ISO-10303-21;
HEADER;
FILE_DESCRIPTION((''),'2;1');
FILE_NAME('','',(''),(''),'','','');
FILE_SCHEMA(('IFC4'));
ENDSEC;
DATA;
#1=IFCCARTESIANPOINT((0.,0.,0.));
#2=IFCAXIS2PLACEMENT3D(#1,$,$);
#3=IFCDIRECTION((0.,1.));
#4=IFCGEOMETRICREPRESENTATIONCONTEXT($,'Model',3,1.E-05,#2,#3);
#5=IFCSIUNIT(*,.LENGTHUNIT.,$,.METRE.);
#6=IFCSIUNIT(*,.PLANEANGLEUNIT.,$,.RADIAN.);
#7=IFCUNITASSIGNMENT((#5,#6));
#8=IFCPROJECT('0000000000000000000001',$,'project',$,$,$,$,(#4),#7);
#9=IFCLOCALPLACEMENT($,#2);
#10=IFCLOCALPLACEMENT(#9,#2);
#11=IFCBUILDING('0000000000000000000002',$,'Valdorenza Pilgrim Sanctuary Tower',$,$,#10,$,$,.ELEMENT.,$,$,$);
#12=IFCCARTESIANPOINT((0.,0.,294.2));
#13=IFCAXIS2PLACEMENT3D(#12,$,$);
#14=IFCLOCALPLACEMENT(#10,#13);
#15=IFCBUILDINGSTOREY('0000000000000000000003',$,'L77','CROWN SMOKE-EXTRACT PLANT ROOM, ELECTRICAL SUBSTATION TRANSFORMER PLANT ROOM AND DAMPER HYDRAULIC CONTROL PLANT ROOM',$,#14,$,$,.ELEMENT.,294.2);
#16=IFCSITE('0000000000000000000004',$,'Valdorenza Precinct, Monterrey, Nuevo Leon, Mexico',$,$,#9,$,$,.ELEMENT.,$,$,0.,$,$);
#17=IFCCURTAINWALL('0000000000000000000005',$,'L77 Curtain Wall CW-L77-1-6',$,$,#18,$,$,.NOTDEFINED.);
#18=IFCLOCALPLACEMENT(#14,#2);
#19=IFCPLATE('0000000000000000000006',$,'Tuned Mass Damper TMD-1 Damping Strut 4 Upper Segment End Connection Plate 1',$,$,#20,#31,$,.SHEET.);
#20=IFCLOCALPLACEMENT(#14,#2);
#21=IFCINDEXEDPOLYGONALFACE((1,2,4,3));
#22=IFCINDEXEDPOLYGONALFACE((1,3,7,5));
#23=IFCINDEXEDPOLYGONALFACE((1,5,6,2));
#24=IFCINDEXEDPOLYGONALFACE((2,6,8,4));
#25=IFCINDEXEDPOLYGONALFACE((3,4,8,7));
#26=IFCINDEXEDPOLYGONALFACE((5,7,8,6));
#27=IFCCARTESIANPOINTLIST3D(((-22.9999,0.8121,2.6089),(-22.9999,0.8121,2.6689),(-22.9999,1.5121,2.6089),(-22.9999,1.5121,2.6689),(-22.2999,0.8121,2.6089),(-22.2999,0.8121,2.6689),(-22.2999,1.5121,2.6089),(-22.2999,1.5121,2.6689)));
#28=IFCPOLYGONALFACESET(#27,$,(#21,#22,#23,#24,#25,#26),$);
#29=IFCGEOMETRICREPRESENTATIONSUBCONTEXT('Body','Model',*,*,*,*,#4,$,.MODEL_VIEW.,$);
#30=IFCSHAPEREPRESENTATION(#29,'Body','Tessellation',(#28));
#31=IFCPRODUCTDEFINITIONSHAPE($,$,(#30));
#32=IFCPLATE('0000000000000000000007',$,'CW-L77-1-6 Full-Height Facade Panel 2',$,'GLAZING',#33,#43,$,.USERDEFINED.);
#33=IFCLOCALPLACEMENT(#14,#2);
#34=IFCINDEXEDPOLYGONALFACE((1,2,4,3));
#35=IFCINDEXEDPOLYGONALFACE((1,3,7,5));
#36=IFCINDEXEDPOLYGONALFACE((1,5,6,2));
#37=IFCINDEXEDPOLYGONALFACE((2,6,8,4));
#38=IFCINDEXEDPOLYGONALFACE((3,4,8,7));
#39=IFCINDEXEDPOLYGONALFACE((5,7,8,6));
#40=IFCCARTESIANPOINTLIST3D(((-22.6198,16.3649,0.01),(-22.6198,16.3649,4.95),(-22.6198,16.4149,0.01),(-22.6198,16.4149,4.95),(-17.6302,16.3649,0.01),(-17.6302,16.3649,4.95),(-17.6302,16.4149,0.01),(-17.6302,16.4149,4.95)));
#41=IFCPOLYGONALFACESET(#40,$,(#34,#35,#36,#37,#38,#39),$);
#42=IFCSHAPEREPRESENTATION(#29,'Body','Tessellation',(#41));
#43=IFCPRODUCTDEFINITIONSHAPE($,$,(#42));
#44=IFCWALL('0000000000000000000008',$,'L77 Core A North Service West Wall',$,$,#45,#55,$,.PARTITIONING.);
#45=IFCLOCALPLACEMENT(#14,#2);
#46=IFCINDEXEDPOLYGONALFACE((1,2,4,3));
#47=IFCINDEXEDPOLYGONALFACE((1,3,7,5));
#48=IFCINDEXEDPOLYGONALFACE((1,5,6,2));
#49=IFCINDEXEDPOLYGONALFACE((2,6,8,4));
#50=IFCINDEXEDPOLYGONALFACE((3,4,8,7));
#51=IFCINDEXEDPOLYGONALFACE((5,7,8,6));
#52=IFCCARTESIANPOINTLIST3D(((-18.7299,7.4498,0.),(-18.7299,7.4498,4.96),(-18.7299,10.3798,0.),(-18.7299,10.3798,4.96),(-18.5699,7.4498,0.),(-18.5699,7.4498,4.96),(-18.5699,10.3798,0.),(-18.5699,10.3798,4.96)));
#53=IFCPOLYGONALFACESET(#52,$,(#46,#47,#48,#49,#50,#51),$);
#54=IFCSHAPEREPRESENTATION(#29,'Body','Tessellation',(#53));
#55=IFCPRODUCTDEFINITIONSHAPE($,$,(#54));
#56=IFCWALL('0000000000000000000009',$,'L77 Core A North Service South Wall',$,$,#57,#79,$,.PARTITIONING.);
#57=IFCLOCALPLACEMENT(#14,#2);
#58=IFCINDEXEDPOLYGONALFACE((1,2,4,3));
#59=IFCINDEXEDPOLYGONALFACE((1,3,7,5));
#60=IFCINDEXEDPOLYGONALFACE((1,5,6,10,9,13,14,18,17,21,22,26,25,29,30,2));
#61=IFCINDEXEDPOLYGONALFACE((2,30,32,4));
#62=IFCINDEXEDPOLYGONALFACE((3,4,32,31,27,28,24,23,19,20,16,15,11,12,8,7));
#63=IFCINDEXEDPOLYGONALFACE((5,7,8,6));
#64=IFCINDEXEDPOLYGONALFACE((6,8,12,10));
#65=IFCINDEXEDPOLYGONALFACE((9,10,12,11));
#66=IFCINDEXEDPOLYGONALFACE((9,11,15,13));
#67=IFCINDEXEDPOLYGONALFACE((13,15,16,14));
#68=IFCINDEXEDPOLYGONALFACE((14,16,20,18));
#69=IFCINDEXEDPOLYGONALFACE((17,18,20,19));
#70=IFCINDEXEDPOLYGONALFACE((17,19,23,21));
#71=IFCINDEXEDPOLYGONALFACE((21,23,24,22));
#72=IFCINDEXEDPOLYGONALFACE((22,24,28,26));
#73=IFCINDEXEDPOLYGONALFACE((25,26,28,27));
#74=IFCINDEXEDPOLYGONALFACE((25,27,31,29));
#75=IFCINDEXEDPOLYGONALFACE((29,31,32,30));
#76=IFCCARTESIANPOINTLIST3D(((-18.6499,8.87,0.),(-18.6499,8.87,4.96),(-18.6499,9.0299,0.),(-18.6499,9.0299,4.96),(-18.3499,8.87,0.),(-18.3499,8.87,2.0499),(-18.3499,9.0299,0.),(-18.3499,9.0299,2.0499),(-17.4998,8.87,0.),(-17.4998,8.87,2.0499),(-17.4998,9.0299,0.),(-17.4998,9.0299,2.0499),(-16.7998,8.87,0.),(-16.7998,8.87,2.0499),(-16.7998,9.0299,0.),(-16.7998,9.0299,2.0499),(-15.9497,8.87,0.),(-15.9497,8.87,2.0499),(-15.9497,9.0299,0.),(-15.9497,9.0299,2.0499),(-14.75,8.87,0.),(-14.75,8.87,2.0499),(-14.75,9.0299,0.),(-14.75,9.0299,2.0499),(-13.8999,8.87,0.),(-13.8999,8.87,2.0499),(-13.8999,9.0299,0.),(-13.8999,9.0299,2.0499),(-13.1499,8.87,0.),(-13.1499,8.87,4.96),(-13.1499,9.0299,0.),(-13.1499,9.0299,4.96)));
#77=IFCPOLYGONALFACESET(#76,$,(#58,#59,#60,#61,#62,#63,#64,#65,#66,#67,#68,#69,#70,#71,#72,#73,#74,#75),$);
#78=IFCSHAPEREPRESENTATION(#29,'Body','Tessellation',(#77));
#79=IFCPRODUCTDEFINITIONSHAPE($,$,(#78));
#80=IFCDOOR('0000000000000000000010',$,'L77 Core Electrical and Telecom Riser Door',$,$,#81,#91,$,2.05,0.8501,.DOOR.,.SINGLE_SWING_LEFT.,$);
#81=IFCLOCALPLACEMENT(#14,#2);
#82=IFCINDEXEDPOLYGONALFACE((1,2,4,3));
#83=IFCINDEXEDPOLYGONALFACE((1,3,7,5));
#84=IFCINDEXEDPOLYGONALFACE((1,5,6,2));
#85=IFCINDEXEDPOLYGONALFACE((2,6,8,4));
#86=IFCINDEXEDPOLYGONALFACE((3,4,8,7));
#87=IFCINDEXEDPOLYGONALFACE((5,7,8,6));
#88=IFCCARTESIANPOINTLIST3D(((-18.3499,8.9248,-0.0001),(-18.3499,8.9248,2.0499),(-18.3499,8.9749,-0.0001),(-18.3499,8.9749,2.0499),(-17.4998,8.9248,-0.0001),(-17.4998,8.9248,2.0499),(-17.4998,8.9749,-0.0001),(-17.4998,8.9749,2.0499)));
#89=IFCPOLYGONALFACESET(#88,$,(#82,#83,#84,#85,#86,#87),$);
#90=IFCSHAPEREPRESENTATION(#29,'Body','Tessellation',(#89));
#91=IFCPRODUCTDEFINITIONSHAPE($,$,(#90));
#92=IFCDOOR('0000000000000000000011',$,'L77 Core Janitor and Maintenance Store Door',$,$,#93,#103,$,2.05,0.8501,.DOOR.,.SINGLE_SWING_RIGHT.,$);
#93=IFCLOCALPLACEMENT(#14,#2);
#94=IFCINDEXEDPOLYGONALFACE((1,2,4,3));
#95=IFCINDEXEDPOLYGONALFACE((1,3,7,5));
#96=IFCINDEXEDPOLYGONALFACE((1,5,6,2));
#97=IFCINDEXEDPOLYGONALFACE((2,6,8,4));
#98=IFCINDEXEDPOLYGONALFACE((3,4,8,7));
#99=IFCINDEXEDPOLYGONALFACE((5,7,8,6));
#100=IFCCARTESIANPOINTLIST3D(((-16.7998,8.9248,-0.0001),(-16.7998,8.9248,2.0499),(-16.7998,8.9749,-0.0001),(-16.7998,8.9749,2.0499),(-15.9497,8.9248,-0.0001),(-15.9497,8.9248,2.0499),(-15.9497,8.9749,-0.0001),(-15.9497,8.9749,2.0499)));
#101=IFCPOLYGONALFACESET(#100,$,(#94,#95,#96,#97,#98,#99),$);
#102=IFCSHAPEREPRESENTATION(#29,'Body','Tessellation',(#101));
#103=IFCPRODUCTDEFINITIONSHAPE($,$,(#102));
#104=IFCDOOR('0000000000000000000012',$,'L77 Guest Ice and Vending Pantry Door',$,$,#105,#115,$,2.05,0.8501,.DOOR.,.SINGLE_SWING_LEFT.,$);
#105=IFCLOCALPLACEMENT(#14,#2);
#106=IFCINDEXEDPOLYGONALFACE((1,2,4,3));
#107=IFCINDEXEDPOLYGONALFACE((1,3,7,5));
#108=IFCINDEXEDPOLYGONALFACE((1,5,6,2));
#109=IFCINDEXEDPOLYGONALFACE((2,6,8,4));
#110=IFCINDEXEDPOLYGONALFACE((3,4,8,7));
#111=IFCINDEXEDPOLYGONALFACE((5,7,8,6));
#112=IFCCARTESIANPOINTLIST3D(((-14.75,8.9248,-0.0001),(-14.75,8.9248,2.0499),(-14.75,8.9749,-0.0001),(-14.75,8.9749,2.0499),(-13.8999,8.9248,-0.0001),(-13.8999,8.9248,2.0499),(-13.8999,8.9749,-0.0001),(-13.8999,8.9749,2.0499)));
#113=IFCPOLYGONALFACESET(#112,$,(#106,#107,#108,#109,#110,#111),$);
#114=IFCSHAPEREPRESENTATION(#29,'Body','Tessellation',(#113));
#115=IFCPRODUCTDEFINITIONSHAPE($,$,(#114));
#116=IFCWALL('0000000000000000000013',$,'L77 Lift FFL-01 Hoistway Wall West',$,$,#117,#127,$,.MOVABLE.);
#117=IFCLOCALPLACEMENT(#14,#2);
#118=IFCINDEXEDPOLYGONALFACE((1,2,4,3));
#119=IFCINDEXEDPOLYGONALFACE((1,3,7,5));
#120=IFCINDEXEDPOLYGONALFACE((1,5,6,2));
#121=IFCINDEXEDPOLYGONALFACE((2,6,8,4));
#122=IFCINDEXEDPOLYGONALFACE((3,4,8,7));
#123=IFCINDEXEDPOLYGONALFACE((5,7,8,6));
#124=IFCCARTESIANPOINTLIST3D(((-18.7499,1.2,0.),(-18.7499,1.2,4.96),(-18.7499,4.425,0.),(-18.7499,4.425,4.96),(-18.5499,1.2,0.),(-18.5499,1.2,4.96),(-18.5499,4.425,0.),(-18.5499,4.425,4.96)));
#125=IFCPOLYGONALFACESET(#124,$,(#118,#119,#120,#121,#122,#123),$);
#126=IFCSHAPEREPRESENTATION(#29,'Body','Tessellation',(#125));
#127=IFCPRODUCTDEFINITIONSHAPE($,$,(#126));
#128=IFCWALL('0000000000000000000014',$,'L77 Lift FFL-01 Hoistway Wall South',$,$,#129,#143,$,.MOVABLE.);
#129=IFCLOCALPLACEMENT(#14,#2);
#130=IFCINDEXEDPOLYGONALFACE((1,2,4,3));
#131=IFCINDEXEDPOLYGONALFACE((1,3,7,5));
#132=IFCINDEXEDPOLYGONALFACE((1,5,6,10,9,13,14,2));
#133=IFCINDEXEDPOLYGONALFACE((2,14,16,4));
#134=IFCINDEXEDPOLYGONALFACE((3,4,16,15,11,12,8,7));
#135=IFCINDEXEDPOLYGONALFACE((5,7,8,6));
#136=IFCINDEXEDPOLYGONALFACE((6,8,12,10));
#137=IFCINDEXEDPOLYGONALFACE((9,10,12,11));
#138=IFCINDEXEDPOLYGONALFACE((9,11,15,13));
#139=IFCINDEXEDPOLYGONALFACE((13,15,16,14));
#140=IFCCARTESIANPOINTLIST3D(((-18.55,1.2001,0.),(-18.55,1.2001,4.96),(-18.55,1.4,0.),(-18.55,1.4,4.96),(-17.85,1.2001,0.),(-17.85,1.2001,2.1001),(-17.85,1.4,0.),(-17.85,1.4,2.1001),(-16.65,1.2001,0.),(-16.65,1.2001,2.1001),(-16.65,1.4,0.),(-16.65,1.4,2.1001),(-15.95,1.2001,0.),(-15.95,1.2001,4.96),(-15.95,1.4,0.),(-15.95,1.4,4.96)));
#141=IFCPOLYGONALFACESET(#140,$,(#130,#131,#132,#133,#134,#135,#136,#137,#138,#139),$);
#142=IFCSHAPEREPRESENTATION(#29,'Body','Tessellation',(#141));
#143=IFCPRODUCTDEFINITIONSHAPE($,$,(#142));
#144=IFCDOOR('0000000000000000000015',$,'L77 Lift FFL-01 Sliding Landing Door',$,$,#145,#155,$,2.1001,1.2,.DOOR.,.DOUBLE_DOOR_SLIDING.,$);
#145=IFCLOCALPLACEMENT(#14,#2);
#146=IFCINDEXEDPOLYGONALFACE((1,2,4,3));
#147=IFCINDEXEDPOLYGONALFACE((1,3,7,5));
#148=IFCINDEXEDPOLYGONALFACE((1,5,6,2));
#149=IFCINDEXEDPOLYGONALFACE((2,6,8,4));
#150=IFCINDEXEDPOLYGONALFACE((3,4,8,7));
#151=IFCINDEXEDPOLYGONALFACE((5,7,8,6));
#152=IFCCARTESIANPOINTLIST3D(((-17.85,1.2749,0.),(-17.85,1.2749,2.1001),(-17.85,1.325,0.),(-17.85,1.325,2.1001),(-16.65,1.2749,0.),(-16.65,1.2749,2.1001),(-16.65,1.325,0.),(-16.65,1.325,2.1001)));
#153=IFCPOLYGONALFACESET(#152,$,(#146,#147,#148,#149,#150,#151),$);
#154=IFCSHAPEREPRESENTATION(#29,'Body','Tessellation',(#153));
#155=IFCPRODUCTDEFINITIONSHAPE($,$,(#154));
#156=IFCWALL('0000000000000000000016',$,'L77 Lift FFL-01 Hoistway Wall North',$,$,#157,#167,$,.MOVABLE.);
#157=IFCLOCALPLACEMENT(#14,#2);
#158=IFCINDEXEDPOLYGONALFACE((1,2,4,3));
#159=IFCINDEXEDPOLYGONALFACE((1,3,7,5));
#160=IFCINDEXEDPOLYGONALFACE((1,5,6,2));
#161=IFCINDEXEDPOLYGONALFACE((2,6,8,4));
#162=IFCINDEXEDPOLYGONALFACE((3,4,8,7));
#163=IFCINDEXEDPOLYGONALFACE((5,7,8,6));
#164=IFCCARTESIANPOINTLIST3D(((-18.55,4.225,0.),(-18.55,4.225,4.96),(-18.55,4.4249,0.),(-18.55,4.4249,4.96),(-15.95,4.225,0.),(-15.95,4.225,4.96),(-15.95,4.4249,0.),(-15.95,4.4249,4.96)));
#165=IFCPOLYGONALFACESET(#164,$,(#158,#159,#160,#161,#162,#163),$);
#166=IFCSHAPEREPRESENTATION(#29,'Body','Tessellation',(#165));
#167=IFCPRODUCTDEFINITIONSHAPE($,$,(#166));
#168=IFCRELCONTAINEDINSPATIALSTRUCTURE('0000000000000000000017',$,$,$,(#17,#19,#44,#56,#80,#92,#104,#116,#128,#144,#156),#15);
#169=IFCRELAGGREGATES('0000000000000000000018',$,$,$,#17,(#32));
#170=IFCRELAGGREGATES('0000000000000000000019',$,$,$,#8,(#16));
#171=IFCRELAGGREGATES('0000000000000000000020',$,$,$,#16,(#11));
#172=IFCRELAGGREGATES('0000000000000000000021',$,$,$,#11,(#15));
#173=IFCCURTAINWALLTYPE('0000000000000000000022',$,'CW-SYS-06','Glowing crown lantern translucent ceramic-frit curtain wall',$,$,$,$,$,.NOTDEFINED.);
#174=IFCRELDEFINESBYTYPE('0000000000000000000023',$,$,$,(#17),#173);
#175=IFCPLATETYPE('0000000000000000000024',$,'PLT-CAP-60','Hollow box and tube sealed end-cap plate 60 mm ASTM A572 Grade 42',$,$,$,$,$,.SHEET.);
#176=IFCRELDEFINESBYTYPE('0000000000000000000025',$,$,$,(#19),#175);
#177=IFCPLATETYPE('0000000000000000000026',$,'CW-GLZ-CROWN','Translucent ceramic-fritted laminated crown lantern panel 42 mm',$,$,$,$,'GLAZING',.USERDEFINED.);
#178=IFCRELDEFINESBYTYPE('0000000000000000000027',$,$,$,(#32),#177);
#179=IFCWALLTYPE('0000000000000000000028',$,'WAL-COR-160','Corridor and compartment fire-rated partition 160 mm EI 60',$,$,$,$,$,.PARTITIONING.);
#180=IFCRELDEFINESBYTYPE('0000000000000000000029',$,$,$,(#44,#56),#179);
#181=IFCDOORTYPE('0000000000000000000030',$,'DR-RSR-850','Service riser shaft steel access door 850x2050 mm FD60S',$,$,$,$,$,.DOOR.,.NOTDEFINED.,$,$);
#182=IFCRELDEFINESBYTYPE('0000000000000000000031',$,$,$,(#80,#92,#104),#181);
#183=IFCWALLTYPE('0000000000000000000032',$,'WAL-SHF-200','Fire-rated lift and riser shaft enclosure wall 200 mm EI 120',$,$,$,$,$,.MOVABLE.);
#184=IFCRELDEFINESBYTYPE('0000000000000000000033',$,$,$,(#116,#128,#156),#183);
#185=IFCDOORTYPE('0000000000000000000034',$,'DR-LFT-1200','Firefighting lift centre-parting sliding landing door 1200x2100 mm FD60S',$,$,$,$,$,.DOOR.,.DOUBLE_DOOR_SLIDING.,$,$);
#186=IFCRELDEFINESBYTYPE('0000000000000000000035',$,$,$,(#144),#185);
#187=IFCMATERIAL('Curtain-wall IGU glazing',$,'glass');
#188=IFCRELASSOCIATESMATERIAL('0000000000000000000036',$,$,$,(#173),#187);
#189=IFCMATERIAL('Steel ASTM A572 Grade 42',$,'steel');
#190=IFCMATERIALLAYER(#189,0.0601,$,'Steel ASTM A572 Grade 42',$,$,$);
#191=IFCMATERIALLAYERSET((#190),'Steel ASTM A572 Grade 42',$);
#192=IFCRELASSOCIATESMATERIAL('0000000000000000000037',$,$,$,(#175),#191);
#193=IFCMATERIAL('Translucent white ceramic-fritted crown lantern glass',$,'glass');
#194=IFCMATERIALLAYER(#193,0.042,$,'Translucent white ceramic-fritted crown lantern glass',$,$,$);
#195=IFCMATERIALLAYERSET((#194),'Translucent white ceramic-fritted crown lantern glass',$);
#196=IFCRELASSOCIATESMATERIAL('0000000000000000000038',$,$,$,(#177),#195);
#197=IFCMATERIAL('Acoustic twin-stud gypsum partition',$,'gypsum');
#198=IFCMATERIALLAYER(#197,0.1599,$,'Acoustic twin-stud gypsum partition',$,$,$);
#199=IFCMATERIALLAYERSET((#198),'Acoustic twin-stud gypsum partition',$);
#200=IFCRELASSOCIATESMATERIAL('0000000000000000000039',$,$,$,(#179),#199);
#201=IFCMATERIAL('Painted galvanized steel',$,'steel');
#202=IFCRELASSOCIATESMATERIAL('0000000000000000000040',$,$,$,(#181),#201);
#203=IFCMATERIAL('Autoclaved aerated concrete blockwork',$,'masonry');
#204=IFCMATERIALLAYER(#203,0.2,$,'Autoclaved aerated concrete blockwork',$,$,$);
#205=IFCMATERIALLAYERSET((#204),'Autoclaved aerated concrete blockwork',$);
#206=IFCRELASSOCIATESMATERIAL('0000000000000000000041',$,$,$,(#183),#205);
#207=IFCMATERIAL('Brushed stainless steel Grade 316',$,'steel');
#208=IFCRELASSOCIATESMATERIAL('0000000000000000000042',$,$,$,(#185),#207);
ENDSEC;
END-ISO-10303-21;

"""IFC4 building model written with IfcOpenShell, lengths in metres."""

from ifc_helpers import new_model, si_unit, direction, frame, frame_2d, origin, origin_2d, place, context, subcontext, project, spatial, rectangle, extrude, source, transform, mapped, material, layer, layer_set, type_object, element, fill, aggregate, save


model = new_model("IFC4")

# Units and contexts
model_context = context("Model", 3, precision=1e-05, world=origin(), true_north=direction((0.0, 1.0)))
body_context = subcontext(model_context, "Body", "Model", "MODEL_VIEW")
ifc_project = project(units=[si_unit("LENGTHUNIT", "METRE"), si_unit("PLANEANGLEUNIT", "RADIAN")], contexts=[model_context])

# Site, building, storey
site_placement = place(None, origin())
site = spatial("IfcSite", under=ifc_project, at=site_placement, Name="Valdorenza Precinct, Monterrey, Nuevo Leon, Mexico", CompositionType="ELEMENT", RefElevation=0.0)
building_placement = place(site_placement, origin())
building = spatial("IfcBuilding", under=site, at=building_placement, Name="Valdorenza Pilgrim Sanctuary Tower", CompositionType="ELEMENT")
storey_placement = place(building_placement, frame((0.0, 0.0, 294.2)))
storey = spatial("IfcBuildingStorey", under=building, at=storey_placement, Name="L77", Description="CROWN SMOKE-EXTRACT PLANT ROOM, ELECTRICAL SUBSTATION TRANSFORMER PLANT ROOM AND DAMPER HYDRAULIC CONTROL PLANT ROOM", CompositionType="ELEMENT", Elevation=294.2)

# Curtain wall
ifc_material_1 = material(Name="Curtain-wall IGU glazing", Category="glass")
curtain_wall_type = type_object("IfcCurtainWallType", Name="CW-SYS-06", Description="Glowing crown lantern translucent ceramic-frit curtain wall", PredefinedType="NOTDEFINED", material=ifc_material_1)
curtain_wall_placement = place(storey_placement, origin())
curtain_wall = element("IfcCurtainWall", 1, at=curtain_wall_placement, inside=storey, type_object=curtain_wall_type, Name="L77 Curtain Wall CW-L77-1-6", PredefinedType="NOTDEFINED")

# Plate
ifc_material_2 = material(Name="Steel ASTM A572 Grade 42", Category="steel")
ifc_layer_1 = layer(ifc_material_2, 0.0601, Name="Steel ASTM A572 Grade 42")
ifc_layer_set_1 = layer_set([ifc_layer_1], Name="Steel ASTM A572 Grade 42")
plate_type_1 = type_object("IfcPlateType", Name="PLT-CAP-60", Description="Hollow box and tube sealed end-cap plate 60 mm ASTM A572 Grade 42", PredefinedType="SHEET", material=ifc_layer_set_1)
shared_shape_1 = source(origin(), body_context, "Body", "SweptSolid", [
    extrude(rectangle(XDim=0.7, YDim=0.7, at=origin_2d()), origin(), (0.0, 0.0, 1.0), 0.0601),
])
for number, where, z_axis, x_axis, name in (
    (2, (-22.6499, 1.1621, 2.6089), (0.0, 0.0, 1.0), (1.0, 0.0, 0.0), "Tuned Mass Damper TMD-1 Damping Strut 4 Upper Segment End Connection Plate 1"),
):
    element("IfcPlate", number, at=place(storey_placement, frame(where, z_axis=z_axis, x_axis=x_axis)), inside=storey, type_object=plate_type_1, Name=name, PredefinedType="SHEET", context=body_context, shape_type="MappedRepresentation", body=[
        mapped(shared_shape_1, transform((0.0, 0.0, 0.0), x_axis=(1.0, 0.0, 0.0), y_axis=(0.0, 1.0, 0.0), z_axis=(0.0, 0.0, 1.0), scale=1.0)),
    ])

# Plate
ifc_material_3 = material(Name="Translucent white ceramic-fritted crown lantern glass", Category="glass")
ifc_layer_2 = layer(ifc_material_3, 0.042, Name="Translucent white ceramic-fritted crown lantern glass")
ifc_layer_set_2 = layer_set([ifc_layer_2], Name="Translucent white ceramic-fritted crown lantern glass")
plate_type_2 = type_object("IfcPlateType", Name="CW-GLZ-CROWN", Description="Translucent ceramic-fritted laminated crown lantern panel 42 mm", ElementType="GLAZING", PredefinedType="USERDEFINED", material=ifc_layer_set_2)
shared_shape_2 = source(origin(), body_context, "Body", "SweptSolid", [
    extrude(rectangle(XDim=4.9895, YDim=0.05, at=origin_2d()), origin(), (0.0, 0.0, 1.0), 4.9399),
])
plate_1_placement = place(storey_placement, frame((-20.125, 16.3899, 0.01), z_axis=(0.0, 0.0, 1.0), x_axis=(1.0, 0.0, 0.0)))
plate_1 = element("IfcPlate", 3, at=plate_1_placement, type_object=plate_type_2, Name="CW-L77-1-6 Full-Height Facade Panel 2", ObjectType="GLAZING", PredefinedType="USERDEFINED", context=body_context, shape_type="MappedRepresentation", body=[
    mapped(shared_shape_2, transform((0.0, 0.0, 0.0), x_axis=(1.0, 0.0, 0.0), y_axis=(0.0, 1.0, 0.0), z_axis=(0.0, 0.0, 1.0), scale=1.0)),
])
aggregate(curtain_wall, [plate_1])

# Wall
ifc_material_4 = material(Name="Acoustic twin-stud gypsum partition", Category="gypsum")
ifc_layer_3 = layer(ifc_material_4, 0.1599, Name="Acoustic twin-stud gypsum partition")
ifc_layer_set_3 = layer_set([ifc_layer_3], Name="Acoustic twin-stud gypsum partition")
wall_type_1 = type_object("IfcWallType", Name="WAL-COR-160", Description="Corridor and compartment fire-rated partition 160 mm EI 60", PredefinedType="PARTITIONING", material=ifc_layer_set_3)
wall_1_placement = place(storey_placement, frame((-18.6499, 7.45, 0.0), z_axis=(0.0, 0.0, 1.0), x_axis=(0.0, 1.0, 0.0)))
element("IfcWall", 4, at=wall_1_placement, inside=storey, type_object=wall_type_1, Name="L77 Core A North Service West Wall", PredefinedType="PARTITIONING", context=body_context, shape_type="SweptSolid", body=[
    extrude(rectangle(XDim=2.9299, YDim=0.1599, at=frame_2d((1.4648, 0.0))), origin(), (0.0, 0.0, 1.0), 4.96),
])

# Wall, openings, doors
wall_2_placement = place(storey_placement, frame((-18.6499, 8.95, 0.0), z_axis=(0.0, 0.0, 1.0), x_axis=(1.0, 0.0, 0.0)))
wall_2 = element("IfcWall", 5, at=wall_2_placement, inside=storey, type_object=wall_type_1, Name="L77 Core A North Service South Wall", PredefinedType="PARTITIONING", context=body_context, shape_type="SweptSolid", body=[
    extrude(rectangle(XDim=5.5, YDim=0.1599, at=frame_2d((2.75, 0.0))), origin(), (0.0, 0.0, 1.0), 4.96),
])
opening_1_placement = place(wall_2_placement, frame((0.3, 0.0, 0.0)))
opening_1 = element("IfcOpeningElement", 6, at=opening_1_placement, cuts=wall_2, PredefinedType="OPENING", context=body_context, shape_type="SweptSolid", body=[
    extrude(rectangle(XDim=0.8501, YDim=2.05, at=frame_2d((0.425, 1.0249))), frame((0.0, 0.0947, 0.0), z_axis=(0.0, -1.0, 0.0), x_axis=(1.0, 0.0, 0.0)), (0.0, 0.0, 1.0), 0.1897),
])
opening_2_placement = place(wall_2_placement, frame((1.8501, 0.0, 0.0)))
opening_2 = element("IfcOpeningElement", 7, at=opening_2_placement, cuts=wall_2, PredefinedType="OPENING", context=body_context, shape_type="SweptSolid", body=[
    extrude(rectangle(XDim=0.8501, YDim=2.05, at=frame_2d((0.425, 1.0249))), frame((0.0, 0.0947, 0.0), z_axis=(0.0, -1.0, 0.0), x_axis=(1.0, 0.0, 0.0)), (0.0, 0.0, 1.0), 0.1897),
])
opening_3_placement = place(wall_2_placement, frame((3.8999, 0.0, 0.0)))
opening_3 = element("IfcOpeningElement", 8, at=opening_3_placement, cuts=wall_2, PredefinedType="OPENING", context=body_context, shape_type="SweptSolid", body=[
    extrude(rectangle(XDim=0.8501, YDim=2.05, at=frame_2d((0.425, 1.0249))), frame((0.0, 0.0947, 0.0), z_axis=(0.0, -1.0, 0.0), x_axis=(1.0, 0.0, 0.0)), (0.0, 0.0, 1.0), 0.1897),
])
ifc_material_5 = material(Name="Painted galvanized steel", Category="steel")
door_type_1 = type_object("IfcDoorType", Name="DR-RSR-850", Description="Service riser shaft steel access door 850x2050 mm FD60S", OperationType="NOTDEFINED", PredefinedType="DOOR", material=ifc_material_5)
door_1_placement = place(opening_1_placement, origin())
door_1 = element("IfcDoor", 9, at=door_1_placement, inside=storey, type_object=door_type_1, Name="L77 Core Electrical and Telecom Riser Door", OperationType="SINGLE_SWING_LEFT", OverallHeight=2.05, OverallWidth=0.8501, PredefinedType="DOOR", context=body_context, shape_type="SweptSolid", body=[
    extrude(rectangle(XDim=0.8501, YDim=2.05, at=frame_2d((0.425, 1.0249))), frame((0.0, 0.0249, 0.0), z_axis=(0.0, -1.0, 0.0), x_axis=(1.0, 0.0, 0.0)), (0.0, 0.0, 1.0), 0.05),
])
fill(opening_1, door_1)
door_2_placement = place(opening_2_placement, origin())
door_2 = element("IfcDoor", 10, at=door_2_placement, inside=storey, type_object=door_type_1, Name="L77 Core Janitor and Maintenance Store Door", OperationType="SINGLE_SWING_RIGHT", OverallHeight=2.05, OverallWidth=0.8501, PredefinedType="DOOR", context=body_context, shape_type="SweptSolid", body=[
    extrude(rectangle(XDim=0.8501, YDim=2.05, at=frame_2d((0.425, 1.0249))), frame((0.0, 0.0249, 0.0), z_axis=(0.0, -1.0, 0.0), x_axis=(1.0, 0.0, 0.0)), (0.0, 0.0, 1.0), 0.05),
])
fill(opening_2, door_2)
door_3_placement = place(opening_3_placement, origin())
door_3 = element("IfcDoor", 11, at=door_3_placement, inside=storey, type_object=door_type_1, Name="L77 Guest Ice and Vending Pantry Door", OperationType="SINGLE_SWING_LEFT", OverallHeight=2.05, OverallWidth=0.8501, PredefinedType="DOOR", context=body_context, shape_type="SweptSolid", body=[
    extrude(rectangle(XDim=0.8501, YDim=2.05, at=frame_2d((0.425, 1.0249))), frame((0.0, 0.0249, 0.0), z_axis=(0.0, -1.0, 0.0), x_axis=(1.0, 0.0, 0.0)), (0.0, 0.0, 1.0), 0.05),
])
fill(opening_3, door_3)

# Wall
ifc_material_6 = material(Name="Autoclaved aerated concrete blockwork", Category="masonry")
ifc_layer_4 = layer(ifc_material_6, 0.2, Name="Autoclaved aerated concrete blockwork")
ifc_layer_set_4 = layer_set([ifc_layer_4], Name="Autoclaved aerated concrete blockwork")
wall_type_2 = type_object("IfcWallType", Name="WAL-SHF-200", Description="Fire-rated lift and riser shaft enclosure wall 200 mm EI 120", PredefinedType="MOVABLE", material=ifc_layer_set_4)
wall_3_placement = place(storey_placement, frame((-18.6499, 1.2, 0.0), z_axis=(0.0, 0.0, 1.0), x_axis=(0.0, 1.0, 0.0)))
element("IfcWall", 12, at=wall_3_placement, inside=storey, type_object=wall_type_2, Name="L77 Lift FFL-01 Hoistway Wall West", PredefinedType="MOVABLE", context=body_context, shape_type="SweptSolid", body=[
    extrude(rectangle(XDim=3.2251, YDim=0.2, at=frame_2d((1.6125, 0.0))), origin(), (0.0, 0.0, 1.0), 4.96),
])

# Wall, opening, door
wall_4_placement = place(storey_placement, frame((-18.55, 1.3, 0.0), z_axis=(0.0, 0.0, 1.0), x_axis=(1.0, 0.0, 0.0)))
wall_4 = element("IfcWall", 13, at=wall_4_placement, inside=storey, type_object=wall_type_2, Name="L77 Lift FFL-01 Hoistway Wall South", PredefinedType="MOVABLE", context=body_context, shape_type="SweptSolid", body=[
    extrude(rectangle(XDim=2.6001, YDim=0.2, at=frame_2d((1.3, 0.0))), origin(), (0.0, 0.0, 1.0), 4.96),
])
opening_4_placement = place(wall_4_placement, frame((0.7, 0.0, 0.0)))
opening_4 = element("IfcOpeningElement", 14, at=opening_4_placement, cuts=wall_4, PredefinedType="OPENING", context=body_context, shape_type="SweptSolid", body=[
    extrude(rectangle(XDim=1.2, YDim=2.1001, at=frame_2d((0.6001, 1.05))), frame((0.0, 0.1147, 0.0), z_axis=(0.0, -1.0, 0.0), x_axis=(1.0, 0.0, 0.0)), (0.0, 0.0, 1.0), 0.2297),
])
ifc_material_7 = material(Name="Brushed stainless steel Grade 316", Category="steel")
door_type_2 = type_object("IfcDoorType", Name="DR-LFT-1200", Description="Firefighting lift centre-parting sliding landing door 1200x2100 mm FD60S", OperationType="DOUBLE_DOOR_SLIDING", PredefinedType="DOOR", material=ifc_material_7)
door_4_placement = place(opening_4_placement, origin())
door_4 = element("IfcDoor", 15, at=door_4_placement, inside=storey, type_object=door_type_2, Name="L77 Lift FFL-01 Sliding Landing Door", OperationType="DOUBLE_DOOR_SLIDING", OverallHeight=2.1001, OverallWidth=1.2, PredefinedType="DOOR", context=body_context, shape_type="SweptSolid", body=[
    extrude(rectangle(XDim=1.2, YDim=2.1001, at=frame_2d((0.6001, 1.05))), frame((0.0, 0.0249, 0.0), z_axis=(0.0, -1.0, 0.0), x_axis=(1.0, 0.0, 0.0)), (0.0, 0.0, 1.0), 0.05),
])
fill(opening_4, door_4)

# Wall
wall_5_placement = place(storey_placement, frame((-18.55, 4.325, 0.0), z_axis=(0.0, 0.0, 1.0), x_axis=(1.0, 0.0, 0.0)))
element("IfcWall", 16, at=wall_5_placement, inside=storey, type_object=wall_type_2, Name="L77 Lift FFL-01 Hoistway Wall North", PredefinedType="MOVABLE", context=body_context, shape_type="SweptSolid", body=[
    extrude(rectangle(XDim=2.6001, YDim=0.2, at=frame_2d((1.3, 0.0))), origin(), (0.0, 0.0, 1.0), 4.96),
])

save(model, "model.ifc")
